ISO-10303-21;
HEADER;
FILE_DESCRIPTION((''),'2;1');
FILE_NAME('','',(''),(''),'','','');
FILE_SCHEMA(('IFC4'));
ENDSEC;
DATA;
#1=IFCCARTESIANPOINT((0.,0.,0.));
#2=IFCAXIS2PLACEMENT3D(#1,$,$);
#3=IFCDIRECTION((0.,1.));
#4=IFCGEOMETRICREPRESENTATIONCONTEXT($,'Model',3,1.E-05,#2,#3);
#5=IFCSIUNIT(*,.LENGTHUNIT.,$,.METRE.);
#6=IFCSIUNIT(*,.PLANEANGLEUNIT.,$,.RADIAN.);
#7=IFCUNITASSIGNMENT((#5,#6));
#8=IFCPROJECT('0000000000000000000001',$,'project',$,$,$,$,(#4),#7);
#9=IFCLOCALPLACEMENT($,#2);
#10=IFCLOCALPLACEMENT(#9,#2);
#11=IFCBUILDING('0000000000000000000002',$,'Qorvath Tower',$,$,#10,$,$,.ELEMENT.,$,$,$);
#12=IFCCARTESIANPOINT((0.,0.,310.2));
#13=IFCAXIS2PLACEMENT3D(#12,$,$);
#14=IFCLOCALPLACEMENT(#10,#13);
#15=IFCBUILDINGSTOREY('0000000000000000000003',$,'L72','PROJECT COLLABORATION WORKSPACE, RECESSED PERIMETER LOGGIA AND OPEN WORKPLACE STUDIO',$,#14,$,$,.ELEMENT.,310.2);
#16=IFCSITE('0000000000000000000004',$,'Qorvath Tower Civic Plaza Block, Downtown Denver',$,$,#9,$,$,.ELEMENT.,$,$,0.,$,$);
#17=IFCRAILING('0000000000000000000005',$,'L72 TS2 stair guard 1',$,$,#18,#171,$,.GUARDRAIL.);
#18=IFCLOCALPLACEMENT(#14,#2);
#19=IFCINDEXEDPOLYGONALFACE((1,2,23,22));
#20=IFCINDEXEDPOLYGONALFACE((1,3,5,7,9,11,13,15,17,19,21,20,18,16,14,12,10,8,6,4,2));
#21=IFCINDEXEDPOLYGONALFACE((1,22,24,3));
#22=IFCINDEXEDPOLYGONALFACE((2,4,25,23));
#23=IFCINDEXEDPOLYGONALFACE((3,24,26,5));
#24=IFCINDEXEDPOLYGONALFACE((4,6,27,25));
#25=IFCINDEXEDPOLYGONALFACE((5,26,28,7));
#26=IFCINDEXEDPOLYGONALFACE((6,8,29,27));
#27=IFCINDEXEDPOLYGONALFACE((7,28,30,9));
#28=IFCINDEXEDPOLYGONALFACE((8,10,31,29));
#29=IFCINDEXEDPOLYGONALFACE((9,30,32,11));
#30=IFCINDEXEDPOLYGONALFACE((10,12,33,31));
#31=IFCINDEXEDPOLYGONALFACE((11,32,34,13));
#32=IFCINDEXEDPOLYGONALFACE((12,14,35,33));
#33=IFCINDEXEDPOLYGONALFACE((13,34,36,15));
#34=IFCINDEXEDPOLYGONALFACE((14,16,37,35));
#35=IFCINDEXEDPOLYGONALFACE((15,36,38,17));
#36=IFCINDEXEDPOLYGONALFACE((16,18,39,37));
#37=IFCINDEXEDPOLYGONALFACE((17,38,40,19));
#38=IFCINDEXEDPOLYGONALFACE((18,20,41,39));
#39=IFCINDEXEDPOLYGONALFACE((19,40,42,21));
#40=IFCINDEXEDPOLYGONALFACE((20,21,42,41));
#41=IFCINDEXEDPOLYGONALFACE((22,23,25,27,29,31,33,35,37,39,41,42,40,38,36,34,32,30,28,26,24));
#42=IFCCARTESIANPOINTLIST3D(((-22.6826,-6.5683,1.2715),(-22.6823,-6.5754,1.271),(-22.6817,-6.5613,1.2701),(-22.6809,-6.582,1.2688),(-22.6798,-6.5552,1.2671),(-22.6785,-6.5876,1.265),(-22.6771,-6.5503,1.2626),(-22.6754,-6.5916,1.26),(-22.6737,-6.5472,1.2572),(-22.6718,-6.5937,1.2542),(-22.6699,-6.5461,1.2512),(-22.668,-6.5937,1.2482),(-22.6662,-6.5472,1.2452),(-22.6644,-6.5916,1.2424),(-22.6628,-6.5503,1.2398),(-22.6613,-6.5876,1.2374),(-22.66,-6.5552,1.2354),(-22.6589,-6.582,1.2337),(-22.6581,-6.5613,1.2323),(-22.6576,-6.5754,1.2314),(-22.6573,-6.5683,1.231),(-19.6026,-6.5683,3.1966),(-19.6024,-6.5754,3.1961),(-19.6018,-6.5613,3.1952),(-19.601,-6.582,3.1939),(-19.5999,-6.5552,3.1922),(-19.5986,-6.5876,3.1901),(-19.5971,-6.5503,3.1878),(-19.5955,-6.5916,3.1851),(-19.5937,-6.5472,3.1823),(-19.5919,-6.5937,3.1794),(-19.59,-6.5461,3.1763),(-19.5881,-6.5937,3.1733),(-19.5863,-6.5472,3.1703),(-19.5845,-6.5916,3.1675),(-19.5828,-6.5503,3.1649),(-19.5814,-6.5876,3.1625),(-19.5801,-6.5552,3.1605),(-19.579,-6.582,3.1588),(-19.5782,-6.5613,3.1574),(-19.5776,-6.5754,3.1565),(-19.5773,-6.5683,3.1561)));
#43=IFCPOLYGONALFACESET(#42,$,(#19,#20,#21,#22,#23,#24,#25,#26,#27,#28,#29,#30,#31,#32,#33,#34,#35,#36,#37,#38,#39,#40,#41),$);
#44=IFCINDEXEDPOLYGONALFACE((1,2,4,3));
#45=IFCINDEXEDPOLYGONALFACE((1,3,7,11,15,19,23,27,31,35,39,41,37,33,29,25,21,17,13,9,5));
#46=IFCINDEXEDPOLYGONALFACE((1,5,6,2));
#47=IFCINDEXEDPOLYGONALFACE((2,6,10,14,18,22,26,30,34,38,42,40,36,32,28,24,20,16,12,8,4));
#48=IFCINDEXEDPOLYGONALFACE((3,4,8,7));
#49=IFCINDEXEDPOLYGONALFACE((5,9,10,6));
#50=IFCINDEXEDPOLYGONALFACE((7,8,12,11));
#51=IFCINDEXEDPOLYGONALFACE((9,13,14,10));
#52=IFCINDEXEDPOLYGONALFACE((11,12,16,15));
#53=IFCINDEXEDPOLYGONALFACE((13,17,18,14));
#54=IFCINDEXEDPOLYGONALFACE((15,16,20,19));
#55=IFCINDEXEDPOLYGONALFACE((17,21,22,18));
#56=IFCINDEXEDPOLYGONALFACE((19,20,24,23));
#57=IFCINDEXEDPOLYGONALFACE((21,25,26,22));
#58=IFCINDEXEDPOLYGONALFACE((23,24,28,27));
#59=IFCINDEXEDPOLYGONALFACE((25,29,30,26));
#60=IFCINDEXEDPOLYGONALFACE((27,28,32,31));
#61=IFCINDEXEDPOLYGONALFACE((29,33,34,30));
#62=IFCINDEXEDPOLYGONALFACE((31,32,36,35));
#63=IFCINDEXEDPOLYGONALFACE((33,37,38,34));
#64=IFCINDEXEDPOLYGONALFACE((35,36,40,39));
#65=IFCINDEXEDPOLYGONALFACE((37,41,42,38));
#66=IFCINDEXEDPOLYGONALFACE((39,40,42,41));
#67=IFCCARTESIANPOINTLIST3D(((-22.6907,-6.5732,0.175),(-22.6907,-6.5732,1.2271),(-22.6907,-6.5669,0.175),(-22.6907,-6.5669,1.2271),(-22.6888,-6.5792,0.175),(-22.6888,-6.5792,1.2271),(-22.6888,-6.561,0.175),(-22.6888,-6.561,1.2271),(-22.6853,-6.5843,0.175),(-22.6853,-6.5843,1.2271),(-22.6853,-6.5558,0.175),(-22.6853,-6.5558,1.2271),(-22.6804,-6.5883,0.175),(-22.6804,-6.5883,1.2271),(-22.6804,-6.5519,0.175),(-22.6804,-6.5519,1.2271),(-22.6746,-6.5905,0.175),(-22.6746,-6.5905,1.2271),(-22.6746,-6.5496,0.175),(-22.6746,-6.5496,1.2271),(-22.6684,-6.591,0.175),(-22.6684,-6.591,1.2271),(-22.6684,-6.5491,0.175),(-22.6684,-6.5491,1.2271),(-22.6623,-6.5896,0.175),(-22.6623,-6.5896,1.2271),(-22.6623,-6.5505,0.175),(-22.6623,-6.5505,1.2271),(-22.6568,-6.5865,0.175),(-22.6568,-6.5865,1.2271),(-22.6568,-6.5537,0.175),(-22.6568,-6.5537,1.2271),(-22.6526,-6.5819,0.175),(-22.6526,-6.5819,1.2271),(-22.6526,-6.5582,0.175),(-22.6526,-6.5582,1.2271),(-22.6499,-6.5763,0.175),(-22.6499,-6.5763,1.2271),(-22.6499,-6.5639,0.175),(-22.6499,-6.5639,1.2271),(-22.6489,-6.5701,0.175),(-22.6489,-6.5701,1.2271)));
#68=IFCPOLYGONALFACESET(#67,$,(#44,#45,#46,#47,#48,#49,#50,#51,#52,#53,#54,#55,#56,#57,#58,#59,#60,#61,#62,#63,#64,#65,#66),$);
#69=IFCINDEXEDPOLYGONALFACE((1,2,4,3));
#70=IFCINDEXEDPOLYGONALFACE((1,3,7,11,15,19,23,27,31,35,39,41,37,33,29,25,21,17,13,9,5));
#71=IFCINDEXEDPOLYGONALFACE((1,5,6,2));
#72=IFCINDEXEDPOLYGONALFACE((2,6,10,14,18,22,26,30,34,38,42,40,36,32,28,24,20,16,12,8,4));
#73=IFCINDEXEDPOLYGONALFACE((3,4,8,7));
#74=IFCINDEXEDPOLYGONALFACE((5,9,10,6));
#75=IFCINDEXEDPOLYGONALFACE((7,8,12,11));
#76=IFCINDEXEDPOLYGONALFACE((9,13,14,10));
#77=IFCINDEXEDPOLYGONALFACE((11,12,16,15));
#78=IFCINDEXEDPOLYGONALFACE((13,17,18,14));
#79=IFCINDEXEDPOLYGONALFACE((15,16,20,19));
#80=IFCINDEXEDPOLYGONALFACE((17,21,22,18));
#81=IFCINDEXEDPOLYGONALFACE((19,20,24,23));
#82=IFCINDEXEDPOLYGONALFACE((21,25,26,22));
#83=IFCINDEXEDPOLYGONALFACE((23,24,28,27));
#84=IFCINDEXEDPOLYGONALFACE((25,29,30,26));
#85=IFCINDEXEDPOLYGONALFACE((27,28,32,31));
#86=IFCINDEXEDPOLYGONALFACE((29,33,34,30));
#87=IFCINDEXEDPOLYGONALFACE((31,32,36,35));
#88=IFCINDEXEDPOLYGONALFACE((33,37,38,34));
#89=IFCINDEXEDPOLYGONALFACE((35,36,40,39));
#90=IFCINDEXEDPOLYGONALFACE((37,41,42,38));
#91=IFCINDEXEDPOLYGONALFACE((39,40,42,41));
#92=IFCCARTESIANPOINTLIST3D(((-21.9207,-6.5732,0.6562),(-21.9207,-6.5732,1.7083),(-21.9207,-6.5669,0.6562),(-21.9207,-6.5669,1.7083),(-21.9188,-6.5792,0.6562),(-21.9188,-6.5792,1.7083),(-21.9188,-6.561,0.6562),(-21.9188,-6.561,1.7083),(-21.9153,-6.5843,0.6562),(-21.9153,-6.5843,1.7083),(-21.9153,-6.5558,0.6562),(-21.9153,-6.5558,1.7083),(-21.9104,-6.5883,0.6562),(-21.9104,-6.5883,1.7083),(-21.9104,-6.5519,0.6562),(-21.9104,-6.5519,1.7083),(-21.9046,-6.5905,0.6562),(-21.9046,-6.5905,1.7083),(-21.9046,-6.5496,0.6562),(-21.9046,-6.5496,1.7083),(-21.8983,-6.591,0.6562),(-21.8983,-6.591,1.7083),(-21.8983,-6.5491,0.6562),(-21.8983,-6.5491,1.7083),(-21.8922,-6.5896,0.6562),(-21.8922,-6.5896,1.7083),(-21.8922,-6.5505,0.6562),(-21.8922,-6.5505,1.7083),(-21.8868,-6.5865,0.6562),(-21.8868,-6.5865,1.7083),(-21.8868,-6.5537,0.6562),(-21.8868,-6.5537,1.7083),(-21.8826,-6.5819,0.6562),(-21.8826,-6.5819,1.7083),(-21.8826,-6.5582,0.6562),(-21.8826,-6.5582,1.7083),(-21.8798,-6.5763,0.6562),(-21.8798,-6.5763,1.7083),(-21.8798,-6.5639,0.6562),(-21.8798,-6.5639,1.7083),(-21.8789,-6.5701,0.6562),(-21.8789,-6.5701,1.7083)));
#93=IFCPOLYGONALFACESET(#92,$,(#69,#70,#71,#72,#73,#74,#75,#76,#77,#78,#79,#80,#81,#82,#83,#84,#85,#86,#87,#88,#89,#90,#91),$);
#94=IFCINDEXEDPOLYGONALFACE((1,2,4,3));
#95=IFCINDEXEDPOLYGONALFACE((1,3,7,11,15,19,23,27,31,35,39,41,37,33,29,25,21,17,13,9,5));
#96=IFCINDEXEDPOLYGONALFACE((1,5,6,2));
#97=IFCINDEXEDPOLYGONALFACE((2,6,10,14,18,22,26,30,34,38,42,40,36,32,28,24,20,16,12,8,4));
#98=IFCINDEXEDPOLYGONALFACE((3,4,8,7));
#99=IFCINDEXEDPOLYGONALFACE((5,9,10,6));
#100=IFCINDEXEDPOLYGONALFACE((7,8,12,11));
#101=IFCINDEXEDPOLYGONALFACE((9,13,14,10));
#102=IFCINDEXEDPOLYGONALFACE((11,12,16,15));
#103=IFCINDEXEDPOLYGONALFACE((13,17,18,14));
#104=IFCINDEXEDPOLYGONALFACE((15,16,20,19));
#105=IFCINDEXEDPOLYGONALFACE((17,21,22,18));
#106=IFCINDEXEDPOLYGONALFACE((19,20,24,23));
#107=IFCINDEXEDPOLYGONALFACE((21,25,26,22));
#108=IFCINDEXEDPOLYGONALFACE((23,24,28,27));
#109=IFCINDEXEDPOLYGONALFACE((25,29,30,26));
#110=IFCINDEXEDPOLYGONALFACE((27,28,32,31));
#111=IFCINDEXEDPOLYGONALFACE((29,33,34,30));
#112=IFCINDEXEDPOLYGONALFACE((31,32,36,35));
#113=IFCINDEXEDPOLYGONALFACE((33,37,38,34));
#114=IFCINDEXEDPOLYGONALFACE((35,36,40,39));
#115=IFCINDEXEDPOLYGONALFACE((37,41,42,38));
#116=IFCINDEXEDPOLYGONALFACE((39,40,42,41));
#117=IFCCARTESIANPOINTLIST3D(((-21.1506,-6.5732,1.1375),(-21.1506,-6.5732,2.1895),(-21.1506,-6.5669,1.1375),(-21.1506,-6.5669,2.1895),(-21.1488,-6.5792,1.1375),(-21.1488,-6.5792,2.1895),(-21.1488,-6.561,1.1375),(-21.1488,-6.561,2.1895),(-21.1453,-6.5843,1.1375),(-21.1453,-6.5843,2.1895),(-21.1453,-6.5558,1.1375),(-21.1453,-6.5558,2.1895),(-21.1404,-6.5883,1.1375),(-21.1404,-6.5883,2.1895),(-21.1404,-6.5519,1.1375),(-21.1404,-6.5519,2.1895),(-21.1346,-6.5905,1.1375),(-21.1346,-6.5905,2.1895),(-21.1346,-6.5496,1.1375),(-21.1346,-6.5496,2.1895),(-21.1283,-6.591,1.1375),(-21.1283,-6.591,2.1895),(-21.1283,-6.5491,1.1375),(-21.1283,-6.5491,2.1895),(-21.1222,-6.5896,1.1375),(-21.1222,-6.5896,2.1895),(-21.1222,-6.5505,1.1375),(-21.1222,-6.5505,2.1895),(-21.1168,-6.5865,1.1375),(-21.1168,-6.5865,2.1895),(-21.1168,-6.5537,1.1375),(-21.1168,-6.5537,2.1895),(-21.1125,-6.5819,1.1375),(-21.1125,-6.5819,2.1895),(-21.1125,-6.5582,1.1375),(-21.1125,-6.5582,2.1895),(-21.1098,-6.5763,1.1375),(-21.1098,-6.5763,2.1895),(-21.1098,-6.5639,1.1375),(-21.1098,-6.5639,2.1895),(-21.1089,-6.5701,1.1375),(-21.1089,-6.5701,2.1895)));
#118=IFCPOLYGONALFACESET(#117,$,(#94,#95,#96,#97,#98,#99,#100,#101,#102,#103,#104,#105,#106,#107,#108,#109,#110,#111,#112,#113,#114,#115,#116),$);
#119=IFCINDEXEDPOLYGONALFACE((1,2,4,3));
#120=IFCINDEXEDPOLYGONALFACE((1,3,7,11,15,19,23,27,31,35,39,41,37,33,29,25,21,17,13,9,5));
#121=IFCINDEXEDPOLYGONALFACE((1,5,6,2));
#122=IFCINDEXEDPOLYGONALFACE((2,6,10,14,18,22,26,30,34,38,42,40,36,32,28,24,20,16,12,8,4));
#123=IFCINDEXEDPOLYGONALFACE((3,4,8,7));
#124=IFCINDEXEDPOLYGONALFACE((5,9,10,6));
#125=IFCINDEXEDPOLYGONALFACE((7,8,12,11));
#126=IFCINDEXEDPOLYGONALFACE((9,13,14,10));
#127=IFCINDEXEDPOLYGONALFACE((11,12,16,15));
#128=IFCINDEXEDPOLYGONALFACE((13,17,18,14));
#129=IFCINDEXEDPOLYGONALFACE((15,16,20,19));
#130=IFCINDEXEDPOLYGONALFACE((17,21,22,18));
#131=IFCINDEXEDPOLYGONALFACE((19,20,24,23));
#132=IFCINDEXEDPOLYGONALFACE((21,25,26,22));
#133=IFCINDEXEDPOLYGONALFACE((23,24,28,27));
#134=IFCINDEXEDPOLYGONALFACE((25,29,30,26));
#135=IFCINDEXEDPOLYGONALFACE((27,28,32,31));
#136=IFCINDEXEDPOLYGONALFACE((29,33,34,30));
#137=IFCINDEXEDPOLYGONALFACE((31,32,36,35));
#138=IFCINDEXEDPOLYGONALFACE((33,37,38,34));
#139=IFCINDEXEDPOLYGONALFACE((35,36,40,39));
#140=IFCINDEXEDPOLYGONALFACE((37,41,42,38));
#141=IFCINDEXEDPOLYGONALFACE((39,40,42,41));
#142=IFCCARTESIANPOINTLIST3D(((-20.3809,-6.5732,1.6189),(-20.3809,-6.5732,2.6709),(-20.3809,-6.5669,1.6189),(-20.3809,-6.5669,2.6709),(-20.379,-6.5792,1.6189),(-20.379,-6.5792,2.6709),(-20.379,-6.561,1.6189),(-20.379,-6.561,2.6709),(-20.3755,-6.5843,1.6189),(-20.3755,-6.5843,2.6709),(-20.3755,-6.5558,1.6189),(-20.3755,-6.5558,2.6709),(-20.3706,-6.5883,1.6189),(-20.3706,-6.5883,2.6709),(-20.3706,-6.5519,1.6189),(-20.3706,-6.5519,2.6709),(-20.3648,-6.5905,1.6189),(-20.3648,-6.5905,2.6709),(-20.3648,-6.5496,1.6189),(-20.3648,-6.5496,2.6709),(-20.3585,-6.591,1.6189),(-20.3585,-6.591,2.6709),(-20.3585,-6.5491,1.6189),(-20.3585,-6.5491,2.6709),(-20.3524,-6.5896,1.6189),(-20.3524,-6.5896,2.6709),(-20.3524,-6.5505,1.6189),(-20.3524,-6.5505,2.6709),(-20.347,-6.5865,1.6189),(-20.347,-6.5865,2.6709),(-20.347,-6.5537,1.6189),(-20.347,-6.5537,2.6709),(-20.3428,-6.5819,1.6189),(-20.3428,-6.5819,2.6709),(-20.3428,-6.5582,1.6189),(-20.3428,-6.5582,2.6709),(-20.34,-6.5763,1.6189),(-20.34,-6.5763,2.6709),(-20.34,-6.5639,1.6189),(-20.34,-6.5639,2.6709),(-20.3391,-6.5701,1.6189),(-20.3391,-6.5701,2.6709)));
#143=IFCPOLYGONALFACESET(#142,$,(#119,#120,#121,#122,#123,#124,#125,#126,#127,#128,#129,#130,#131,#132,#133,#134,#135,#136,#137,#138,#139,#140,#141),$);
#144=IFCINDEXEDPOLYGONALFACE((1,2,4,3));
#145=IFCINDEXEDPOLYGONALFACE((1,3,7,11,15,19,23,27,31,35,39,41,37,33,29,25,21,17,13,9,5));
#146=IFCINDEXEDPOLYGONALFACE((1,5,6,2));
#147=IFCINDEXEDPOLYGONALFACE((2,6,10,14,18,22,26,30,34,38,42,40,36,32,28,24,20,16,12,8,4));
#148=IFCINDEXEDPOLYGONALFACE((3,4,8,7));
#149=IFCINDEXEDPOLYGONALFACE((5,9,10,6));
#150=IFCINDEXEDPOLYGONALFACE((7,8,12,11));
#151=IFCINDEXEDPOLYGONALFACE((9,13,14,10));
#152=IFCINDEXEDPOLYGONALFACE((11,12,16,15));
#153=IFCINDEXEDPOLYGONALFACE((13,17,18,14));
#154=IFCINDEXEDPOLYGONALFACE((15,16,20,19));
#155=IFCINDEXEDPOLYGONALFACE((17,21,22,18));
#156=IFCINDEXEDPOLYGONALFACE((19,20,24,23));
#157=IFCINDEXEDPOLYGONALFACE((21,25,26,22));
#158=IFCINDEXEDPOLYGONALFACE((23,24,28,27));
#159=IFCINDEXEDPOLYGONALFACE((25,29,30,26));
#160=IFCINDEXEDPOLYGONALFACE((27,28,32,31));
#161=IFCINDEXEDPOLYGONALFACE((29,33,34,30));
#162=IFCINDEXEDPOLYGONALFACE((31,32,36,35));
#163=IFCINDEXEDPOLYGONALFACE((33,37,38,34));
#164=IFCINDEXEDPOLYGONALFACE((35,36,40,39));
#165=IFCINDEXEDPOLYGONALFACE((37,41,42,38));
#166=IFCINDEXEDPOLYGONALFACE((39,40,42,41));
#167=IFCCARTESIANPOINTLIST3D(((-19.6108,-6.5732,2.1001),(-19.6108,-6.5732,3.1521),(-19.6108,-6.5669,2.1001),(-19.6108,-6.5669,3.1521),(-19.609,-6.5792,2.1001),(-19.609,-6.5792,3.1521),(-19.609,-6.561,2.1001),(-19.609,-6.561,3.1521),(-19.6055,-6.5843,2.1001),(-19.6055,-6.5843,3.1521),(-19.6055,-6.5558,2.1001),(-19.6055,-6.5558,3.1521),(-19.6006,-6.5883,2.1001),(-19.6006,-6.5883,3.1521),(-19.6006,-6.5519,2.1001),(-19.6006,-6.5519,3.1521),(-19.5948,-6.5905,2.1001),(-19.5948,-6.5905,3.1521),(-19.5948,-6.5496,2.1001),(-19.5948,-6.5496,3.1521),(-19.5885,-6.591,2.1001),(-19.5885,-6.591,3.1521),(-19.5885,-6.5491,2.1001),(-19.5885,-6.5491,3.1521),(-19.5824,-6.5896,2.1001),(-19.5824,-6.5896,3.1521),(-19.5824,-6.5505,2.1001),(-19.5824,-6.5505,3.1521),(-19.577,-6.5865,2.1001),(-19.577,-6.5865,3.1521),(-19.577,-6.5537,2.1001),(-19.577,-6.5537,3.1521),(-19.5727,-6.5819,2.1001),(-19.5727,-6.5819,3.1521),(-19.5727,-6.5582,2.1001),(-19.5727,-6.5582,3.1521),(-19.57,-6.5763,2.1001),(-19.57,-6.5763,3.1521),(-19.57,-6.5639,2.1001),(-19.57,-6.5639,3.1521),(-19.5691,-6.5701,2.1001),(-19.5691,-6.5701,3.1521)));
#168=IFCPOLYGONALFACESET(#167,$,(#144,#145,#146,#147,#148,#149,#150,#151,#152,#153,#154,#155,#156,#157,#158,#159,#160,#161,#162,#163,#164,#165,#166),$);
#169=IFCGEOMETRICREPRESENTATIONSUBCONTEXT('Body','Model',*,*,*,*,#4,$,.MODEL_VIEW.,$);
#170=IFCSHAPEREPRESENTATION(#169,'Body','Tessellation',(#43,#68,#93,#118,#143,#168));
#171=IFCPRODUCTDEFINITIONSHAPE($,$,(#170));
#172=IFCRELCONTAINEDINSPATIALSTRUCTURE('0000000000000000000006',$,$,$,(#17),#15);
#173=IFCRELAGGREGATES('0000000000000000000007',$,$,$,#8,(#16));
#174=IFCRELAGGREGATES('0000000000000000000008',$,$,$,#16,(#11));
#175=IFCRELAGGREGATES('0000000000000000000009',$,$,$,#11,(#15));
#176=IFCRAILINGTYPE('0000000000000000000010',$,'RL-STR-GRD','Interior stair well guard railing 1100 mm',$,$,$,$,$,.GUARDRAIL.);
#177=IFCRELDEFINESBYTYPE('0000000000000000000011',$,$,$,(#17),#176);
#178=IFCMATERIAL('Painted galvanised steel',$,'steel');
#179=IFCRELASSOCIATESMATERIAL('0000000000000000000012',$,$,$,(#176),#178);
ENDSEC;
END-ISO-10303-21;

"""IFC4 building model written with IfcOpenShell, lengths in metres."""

from ifc_helpers import new_model, si_unit, direction, frame, origin, origin_2d, place, context, subcontext, project, spatial, circle, extrude, material, type_object, element, save


model = new_model("IFC4")

# Units and contexts
model_context = context("Model", 3, precision=1e-05, world=origin(), true_north=direction((0.0, 1.0)))
body_context = subcontext(model_context, "Body", "Model", "MODEL_VIEW")
ifc_project = project(units=[si_unit("LENGTHUNIT", "METRE"), si_unit("PLANEANGLEUNIT", "RADIAN")], contexts=[model_context])

# Site, building, storey
site_placement = place(None, origin())
site = spatial("IfcSite", under=ifc_project, at=site_placement, Name="Qorvath Tower Civic Plaza Block, Downtown Denver", CompositionType="ELEMENT", RefElevation=0.0)
building_placement = place(site_placement, origin())
building = spatial("IfcBuilding", under=site, at=building_placement, Name="Qorvath Tower", CompositionType="ELEMENT")
storey_placement = place(building_placement, frame((0.0, 0.0, 310.2)))
storey = spatial("IfcBuildingStorey", under=building, at=storey_placement, Name="L72", Description="PROJECT COLLABORATION WORKSPACE, RECESSED PERIMETER LOGGIA AND OPEN WORKPLACE STUDIO", CompositionType="ELEMENT", Elevation=310.2)

# Railing
ifc_material_1 = material(Name="Painted galvanised steel", Category="steel")
railing_type_1 = type_object("IfcRailingType", Name="RL-STR-GRD", Description="Interior stair well guard railing 1100 mm", PredefinedType="GUARDRAIL", material=ifc_material_1)
railing_1_placement = place(storey_placement, frame((-22.6699, -6.5701, 0.175)))
element("IfcRailing", 1, at=railing_1_placement, inside=storey, type_object=railing_type_1, Name="L72 TS2 stair guard 1", PredefinedType="GUARDRAIL", context=body_context, shape_type="SweptSolid", body=[
    extrude(circle(Radius=0.0239, at=origin_2d()), frame((0.0, 0.0, 1.0762), z_axis=(0.847979, 0.0, 0.530029), x_axis=(0.0, 1.0, 0.0)), (0.0, 0.0, 1.0), 3.6321),
    extrude(circle(Radius=0.021, at=origin_2d()), origin(), (0.0, 0.0, 1.0), 1.052),
    extrude(circle(Radius=0.021, at=origin_2d()), frame((0.77, 0.0, 0.4812)), (0.0, 0.0, 1.0), 1.052),
    extrude(circle(Radius=0.021, at=origin_2d()), frame((1.54, 0.0, 0.9624)), (0.0, 0.0, 1.0), 1.052),
    extrude(circle(Radius=0.021, at=origin_2d()), frame((2.3098, 0.0, 1.4438)), (0.0, 0.0, 1.0), 1.052),
    extrude(circle(Radius=0.021, at=origin_2d()), frame((3.0798, 0.0, 1.925)), (0.0, 0.0, 1.0), 1.052),
])

save(model, "model.ifc")
